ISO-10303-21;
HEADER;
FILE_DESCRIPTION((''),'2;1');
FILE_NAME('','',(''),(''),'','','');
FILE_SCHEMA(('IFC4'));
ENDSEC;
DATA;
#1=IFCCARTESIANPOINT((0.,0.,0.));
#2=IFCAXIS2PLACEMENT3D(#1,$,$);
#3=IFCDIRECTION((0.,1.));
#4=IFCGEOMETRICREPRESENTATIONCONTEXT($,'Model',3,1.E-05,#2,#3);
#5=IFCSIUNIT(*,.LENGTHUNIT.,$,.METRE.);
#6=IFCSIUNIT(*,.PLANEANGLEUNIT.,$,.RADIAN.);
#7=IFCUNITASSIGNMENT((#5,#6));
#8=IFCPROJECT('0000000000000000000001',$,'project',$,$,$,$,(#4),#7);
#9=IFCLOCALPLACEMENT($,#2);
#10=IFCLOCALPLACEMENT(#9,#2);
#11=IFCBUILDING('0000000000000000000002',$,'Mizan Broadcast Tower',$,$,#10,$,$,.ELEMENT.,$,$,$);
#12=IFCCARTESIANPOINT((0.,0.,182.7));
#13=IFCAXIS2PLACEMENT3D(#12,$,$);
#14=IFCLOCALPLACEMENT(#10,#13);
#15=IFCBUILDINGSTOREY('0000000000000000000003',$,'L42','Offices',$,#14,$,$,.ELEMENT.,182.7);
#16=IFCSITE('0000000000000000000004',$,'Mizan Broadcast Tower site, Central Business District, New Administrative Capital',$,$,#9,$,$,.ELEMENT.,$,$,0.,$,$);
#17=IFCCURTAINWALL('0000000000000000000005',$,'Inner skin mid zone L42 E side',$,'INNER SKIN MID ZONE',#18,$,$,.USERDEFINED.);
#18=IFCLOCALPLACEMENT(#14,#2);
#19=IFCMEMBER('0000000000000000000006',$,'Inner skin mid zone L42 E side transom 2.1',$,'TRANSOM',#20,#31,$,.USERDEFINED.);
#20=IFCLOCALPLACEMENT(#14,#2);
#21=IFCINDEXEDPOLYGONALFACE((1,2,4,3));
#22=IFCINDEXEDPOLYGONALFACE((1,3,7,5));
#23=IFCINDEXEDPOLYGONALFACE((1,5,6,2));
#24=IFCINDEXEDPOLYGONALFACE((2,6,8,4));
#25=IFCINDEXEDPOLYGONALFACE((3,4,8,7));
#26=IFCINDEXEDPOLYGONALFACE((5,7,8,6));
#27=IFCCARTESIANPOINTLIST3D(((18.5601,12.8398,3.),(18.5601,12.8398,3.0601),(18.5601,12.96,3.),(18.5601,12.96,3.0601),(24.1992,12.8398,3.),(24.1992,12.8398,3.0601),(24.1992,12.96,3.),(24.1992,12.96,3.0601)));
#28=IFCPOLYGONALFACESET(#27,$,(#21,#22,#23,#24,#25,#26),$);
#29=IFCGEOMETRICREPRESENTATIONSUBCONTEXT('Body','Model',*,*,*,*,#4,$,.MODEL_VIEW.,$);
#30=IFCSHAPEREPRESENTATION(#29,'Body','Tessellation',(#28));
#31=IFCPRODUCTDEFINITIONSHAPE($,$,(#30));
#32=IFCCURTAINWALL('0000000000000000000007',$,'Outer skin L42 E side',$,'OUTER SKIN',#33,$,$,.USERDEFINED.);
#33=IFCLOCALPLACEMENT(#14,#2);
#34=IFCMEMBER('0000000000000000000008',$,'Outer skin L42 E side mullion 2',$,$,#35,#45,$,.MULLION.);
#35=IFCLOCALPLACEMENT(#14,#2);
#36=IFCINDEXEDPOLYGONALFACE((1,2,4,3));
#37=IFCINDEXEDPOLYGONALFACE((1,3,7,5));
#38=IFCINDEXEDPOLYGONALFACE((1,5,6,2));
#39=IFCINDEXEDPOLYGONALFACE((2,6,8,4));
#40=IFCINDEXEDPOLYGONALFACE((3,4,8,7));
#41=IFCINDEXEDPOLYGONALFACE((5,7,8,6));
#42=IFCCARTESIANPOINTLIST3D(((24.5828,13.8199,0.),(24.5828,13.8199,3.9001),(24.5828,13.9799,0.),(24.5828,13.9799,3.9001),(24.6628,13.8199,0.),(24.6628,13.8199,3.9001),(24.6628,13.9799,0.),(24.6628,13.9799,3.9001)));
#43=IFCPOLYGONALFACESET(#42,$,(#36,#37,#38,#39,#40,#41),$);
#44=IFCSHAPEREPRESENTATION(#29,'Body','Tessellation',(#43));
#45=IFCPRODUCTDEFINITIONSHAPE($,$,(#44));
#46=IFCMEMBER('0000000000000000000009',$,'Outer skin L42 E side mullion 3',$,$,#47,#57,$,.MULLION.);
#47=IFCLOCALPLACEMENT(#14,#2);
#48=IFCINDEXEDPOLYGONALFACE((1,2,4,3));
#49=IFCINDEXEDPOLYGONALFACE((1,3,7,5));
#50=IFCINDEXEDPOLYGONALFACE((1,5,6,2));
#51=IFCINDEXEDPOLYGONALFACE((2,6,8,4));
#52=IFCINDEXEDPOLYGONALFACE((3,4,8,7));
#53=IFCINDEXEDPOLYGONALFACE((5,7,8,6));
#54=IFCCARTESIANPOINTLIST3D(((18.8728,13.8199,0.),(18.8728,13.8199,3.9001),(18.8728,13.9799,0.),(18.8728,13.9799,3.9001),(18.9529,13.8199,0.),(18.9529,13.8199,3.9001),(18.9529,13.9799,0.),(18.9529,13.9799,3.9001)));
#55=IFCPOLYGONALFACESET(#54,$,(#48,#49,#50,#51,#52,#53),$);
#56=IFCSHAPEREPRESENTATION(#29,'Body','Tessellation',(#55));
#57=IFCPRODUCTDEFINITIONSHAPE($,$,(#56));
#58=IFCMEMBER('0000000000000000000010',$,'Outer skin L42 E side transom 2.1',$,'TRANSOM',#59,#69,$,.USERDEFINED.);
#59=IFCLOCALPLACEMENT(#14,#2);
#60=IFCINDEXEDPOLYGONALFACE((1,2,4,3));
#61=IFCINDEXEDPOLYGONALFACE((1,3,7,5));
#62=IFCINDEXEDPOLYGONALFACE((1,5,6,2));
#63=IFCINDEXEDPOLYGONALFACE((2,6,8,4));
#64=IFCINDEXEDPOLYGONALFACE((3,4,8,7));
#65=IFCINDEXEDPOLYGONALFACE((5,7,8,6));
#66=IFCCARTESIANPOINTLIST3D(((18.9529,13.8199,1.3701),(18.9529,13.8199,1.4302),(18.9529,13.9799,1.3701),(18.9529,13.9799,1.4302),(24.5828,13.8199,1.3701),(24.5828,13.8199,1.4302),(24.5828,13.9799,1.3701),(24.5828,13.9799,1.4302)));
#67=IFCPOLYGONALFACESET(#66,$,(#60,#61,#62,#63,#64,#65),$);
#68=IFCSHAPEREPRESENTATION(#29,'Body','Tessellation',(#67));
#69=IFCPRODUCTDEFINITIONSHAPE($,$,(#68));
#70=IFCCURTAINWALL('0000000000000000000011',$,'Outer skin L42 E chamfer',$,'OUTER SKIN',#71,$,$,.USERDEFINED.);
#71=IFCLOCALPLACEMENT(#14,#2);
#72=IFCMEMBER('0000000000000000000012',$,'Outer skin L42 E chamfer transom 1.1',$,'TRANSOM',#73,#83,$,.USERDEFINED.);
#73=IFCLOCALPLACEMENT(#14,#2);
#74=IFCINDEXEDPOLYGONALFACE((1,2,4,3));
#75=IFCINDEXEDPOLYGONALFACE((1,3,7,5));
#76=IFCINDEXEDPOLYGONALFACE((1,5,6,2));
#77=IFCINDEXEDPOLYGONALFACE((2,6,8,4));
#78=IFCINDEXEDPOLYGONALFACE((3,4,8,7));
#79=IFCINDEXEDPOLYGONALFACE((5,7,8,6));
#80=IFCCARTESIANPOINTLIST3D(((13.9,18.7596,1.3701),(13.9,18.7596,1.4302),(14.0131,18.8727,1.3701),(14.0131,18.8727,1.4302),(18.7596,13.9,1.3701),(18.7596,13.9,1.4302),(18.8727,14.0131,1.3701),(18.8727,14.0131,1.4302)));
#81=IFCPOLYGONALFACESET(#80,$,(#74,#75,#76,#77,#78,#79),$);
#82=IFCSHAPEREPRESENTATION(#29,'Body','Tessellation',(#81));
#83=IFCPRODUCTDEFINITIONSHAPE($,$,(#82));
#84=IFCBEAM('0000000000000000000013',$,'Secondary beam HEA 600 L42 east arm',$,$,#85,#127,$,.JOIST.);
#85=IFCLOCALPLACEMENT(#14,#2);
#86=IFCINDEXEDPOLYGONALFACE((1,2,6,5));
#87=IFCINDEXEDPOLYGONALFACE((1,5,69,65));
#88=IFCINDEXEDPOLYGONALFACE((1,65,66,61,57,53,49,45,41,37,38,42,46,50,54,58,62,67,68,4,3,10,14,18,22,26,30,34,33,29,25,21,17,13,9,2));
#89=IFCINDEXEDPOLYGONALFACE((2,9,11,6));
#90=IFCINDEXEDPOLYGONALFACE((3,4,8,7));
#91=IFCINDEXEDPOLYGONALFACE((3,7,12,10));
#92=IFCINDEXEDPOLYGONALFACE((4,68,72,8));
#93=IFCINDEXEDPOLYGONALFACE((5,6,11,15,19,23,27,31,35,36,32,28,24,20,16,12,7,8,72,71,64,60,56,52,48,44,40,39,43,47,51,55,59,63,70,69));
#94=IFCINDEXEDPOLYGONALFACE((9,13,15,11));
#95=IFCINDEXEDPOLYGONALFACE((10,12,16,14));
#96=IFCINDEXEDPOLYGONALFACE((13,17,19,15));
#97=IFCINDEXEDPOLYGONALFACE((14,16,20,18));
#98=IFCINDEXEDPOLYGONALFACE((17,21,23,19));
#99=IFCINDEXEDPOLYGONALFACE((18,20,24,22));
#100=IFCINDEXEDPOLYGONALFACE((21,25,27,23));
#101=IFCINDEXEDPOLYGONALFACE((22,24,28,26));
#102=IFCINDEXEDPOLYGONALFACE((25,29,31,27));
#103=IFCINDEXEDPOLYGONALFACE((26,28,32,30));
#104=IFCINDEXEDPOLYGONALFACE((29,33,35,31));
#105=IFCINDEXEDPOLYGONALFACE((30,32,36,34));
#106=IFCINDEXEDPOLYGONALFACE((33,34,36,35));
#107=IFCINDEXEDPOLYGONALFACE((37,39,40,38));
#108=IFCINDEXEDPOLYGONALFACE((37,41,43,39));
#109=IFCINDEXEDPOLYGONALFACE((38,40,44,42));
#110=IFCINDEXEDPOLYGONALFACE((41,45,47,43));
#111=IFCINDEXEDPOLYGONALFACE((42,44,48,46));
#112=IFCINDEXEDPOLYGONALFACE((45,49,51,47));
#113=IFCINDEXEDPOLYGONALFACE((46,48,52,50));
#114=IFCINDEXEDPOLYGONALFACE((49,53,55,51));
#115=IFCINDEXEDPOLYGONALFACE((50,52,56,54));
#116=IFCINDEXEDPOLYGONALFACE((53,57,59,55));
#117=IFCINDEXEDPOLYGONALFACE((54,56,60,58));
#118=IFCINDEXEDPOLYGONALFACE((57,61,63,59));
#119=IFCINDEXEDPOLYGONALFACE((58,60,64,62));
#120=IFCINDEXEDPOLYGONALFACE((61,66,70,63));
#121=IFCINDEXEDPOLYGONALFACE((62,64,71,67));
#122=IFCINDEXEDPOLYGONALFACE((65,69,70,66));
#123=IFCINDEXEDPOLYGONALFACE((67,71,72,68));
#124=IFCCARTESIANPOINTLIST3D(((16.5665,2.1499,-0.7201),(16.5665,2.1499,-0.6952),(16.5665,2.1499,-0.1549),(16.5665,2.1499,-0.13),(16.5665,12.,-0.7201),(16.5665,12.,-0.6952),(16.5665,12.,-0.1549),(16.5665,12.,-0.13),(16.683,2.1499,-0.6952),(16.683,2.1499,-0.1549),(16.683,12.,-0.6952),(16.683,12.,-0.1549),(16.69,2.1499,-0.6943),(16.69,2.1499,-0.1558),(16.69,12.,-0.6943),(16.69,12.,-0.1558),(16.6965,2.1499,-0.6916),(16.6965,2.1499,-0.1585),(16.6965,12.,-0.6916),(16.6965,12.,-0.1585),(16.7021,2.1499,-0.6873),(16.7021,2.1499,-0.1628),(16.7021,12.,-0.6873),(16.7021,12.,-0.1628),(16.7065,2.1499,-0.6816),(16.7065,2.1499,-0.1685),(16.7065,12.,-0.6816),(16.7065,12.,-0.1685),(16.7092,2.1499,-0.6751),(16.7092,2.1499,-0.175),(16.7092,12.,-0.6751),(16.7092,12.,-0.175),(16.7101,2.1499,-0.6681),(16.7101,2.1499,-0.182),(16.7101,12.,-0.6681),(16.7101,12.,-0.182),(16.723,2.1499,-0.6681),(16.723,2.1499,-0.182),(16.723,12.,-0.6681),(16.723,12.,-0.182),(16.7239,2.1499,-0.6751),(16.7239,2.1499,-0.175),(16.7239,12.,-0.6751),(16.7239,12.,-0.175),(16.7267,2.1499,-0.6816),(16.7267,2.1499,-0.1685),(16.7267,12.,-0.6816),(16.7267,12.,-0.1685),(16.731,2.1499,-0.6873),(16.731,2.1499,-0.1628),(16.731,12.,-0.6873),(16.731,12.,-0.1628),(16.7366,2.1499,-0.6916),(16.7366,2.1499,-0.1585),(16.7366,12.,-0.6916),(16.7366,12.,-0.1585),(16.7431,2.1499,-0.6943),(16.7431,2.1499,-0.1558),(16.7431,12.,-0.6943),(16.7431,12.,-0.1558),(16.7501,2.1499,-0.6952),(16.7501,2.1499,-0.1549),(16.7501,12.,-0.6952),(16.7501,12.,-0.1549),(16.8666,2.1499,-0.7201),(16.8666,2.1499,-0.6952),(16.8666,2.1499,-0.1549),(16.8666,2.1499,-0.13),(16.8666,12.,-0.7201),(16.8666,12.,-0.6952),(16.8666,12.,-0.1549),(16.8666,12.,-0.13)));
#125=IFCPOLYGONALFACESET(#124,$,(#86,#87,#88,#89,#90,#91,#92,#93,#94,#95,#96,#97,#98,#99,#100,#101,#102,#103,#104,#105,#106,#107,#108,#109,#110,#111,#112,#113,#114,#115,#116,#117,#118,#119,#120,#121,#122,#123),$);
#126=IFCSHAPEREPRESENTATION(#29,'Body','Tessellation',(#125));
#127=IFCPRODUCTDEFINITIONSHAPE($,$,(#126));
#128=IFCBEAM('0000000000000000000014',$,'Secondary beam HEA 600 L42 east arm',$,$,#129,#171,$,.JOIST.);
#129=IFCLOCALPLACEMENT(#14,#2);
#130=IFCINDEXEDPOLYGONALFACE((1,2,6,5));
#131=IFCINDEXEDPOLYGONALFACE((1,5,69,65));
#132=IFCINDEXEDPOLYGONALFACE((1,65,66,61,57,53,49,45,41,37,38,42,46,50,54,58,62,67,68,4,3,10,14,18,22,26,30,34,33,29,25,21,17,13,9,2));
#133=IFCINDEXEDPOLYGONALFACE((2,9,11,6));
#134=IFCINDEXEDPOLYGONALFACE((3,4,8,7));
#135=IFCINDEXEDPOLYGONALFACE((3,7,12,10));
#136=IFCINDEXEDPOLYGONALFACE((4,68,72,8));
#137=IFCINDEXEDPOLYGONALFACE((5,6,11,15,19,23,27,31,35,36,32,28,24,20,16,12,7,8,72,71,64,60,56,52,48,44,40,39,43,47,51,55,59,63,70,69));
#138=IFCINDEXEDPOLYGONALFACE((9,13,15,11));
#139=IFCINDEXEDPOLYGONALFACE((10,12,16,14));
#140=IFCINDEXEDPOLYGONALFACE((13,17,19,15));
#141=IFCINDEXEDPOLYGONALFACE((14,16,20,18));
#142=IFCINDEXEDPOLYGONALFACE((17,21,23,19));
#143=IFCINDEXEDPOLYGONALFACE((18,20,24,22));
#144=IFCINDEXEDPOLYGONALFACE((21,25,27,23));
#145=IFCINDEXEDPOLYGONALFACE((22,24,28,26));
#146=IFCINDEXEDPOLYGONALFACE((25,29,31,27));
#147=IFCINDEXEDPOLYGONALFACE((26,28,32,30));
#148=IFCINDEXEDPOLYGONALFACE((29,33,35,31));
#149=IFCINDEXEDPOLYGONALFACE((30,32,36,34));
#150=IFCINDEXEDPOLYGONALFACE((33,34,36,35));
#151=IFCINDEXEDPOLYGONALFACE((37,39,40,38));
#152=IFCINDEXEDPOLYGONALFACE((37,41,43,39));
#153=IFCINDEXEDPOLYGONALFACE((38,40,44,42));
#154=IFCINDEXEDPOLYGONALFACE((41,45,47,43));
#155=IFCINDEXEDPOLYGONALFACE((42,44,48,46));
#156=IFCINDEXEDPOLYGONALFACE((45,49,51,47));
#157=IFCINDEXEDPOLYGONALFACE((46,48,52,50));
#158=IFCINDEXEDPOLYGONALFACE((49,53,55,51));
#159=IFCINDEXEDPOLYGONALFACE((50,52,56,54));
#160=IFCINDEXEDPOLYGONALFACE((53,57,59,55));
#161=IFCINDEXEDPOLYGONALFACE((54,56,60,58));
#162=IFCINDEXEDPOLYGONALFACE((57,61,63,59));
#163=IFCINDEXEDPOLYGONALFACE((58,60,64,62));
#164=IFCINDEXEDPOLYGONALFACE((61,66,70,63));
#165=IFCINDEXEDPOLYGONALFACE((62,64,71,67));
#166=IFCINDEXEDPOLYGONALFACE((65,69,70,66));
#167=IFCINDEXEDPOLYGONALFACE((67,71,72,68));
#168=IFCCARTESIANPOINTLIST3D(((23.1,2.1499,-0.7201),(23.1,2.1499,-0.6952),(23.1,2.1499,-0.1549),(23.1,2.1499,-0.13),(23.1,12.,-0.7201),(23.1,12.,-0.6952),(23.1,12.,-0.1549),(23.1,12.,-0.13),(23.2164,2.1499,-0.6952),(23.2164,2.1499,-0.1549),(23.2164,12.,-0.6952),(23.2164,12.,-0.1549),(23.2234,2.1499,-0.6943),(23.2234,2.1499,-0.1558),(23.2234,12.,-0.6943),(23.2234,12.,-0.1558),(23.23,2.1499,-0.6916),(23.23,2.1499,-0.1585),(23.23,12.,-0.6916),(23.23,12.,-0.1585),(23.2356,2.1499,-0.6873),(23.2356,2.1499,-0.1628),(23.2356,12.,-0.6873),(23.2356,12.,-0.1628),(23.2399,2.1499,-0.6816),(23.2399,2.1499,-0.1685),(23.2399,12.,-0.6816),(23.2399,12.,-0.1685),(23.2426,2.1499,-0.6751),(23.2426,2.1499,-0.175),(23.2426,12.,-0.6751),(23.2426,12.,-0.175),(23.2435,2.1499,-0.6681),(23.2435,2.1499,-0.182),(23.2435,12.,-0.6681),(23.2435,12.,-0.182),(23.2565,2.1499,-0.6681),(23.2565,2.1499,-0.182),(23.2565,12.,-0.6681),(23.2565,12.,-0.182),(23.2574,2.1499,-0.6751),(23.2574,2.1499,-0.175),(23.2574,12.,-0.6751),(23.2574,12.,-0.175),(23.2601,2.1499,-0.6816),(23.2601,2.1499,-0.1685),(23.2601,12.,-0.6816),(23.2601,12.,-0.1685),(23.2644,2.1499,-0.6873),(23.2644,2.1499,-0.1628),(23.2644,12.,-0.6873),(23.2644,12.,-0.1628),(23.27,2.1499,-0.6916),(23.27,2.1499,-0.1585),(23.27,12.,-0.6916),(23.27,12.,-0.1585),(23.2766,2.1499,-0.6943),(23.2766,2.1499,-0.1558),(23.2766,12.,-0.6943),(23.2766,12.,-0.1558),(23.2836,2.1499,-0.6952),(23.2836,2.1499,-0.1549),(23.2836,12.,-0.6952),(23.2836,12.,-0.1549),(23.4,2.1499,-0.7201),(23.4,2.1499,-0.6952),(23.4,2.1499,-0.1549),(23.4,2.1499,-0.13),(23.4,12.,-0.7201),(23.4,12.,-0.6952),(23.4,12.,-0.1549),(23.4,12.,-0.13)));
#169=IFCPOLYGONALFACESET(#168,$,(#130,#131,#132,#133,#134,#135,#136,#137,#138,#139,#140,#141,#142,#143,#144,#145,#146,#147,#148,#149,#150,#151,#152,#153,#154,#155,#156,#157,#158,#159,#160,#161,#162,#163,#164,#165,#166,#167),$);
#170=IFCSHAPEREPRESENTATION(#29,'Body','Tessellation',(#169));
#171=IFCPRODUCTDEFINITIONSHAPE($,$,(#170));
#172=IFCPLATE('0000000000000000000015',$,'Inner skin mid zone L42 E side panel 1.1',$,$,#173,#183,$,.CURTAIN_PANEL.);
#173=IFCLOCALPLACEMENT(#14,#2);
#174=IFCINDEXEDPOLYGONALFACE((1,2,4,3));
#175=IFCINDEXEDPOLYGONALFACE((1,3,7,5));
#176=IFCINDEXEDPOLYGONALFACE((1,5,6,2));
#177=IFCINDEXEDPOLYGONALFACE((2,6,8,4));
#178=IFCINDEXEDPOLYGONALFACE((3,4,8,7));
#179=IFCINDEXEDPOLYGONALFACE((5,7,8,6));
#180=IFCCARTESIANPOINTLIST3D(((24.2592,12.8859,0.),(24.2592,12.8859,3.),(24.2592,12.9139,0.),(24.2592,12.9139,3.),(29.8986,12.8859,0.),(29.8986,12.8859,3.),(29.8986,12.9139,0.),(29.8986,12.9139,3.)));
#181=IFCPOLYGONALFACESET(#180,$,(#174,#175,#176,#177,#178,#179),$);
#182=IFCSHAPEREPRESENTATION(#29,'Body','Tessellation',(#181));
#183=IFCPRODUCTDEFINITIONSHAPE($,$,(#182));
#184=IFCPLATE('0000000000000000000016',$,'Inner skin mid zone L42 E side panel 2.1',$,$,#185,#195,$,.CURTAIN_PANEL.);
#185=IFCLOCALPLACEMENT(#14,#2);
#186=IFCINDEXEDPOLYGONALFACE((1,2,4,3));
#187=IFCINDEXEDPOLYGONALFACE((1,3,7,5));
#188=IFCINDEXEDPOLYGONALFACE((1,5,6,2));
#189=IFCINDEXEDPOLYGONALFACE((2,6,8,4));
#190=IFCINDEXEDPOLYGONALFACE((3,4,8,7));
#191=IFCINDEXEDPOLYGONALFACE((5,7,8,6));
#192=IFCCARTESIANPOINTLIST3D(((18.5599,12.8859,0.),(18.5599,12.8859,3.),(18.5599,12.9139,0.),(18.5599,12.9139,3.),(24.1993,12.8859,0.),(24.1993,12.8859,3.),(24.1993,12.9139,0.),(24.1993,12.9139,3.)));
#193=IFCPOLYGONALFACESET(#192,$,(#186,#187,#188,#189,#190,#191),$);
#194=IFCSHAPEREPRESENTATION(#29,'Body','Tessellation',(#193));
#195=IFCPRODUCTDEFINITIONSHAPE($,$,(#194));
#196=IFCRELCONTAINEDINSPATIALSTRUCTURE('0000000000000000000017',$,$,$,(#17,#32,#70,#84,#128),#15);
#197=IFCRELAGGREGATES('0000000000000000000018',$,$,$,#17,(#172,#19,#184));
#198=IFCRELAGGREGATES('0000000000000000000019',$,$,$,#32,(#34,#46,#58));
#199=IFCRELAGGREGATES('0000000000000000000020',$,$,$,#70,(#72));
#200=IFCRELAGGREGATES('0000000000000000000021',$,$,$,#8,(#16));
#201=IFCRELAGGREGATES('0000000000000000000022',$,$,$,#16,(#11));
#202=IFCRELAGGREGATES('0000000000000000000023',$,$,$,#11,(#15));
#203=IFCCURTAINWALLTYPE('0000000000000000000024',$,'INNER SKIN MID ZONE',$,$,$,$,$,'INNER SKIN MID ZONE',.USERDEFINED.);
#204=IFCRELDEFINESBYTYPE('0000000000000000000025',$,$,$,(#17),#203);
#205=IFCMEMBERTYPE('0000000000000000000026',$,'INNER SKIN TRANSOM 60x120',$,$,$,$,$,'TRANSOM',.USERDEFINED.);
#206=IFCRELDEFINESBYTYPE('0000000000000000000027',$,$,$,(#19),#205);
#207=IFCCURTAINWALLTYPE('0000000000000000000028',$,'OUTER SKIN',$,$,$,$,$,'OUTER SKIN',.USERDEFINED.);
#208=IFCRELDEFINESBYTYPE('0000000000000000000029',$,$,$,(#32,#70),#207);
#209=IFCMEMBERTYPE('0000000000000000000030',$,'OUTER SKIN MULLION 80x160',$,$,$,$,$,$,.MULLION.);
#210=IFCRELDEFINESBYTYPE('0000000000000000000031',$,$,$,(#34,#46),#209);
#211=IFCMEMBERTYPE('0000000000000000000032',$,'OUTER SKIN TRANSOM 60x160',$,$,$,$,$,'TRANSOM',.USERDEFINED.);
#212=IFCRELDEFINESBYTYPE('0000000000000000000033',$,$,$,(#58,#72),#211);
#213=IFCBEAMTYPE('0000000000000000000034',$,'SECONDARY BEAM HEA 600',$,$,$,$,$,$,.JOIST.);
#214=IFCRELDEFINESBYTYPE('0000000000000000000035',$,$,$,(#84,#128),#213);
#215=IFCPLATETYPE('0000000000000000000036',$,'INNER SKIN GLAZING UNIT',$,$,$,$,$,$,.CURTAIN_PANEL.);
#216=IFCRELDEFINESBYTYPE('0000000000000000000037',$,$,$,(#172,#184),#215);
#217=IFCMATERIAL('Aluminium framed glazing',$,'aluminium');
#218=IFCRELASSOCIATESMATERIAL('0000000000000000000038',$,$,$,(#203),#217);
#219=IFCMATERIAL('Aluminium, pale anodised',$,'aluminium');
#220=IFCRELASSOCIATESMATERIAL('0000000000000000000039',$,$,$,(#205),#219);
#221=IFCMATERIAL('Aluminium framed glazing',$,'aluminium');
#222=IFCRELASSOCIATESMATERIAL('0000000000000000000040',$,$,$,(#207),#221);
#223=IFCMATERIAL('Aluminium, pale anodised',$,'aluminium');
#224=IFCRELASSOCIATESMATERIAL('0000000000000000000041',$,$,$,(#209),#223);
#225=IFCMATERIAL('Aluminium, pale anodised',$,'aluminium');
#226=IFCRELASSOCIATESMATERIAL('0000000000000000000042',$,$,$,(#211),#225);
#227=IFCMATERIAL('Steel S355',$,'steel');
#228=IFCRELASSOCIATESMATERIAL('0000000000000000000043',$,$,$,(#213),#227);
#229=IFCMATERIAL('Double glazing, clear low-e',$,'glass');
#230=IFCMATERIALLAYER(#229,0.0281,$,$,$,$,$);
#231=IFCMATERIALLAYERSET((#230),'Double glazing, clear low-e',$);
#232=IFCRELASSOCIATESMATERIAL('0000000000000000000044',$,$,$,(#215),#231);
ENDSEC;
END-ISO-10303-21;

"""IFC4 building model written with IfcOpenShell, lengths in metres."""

from ifc_helpers import new_model, si_unit, direction, frame, origin, origin_2d, place, context, subcontext, project, spatial, rectangle, i_section, extrude, material, layer, layer_set, material_profile, profile_set, type_object, element, aggregate, save


model = new_model("IFC4")

# Units and contexts
model_context = context("Model", 3, precision=1e-05, world=origin(), true_north=direction((0.0, 1.0)))
body_context = subcontext(model_context, "Body", "Model", "MODEL_VIEW")
ifc_project = project(units=[si_unit("LENGTHUNIT", "METRE"), si_unit("PLANEANGLEUNIT", "RADIAN")], contexts=[model_context])

# Site, building, storey
site_placement = place(None, origin())
site = spatial("IfcSite", under=ifc_project, at=site_placement, Name="Mizan Broadcast Tower site, Central Business District, New Administrative Capital", CompositionType="ELEMENT", RefElevation=0.0)
building_placement = place(site_placement, origin())
building = spatial("IfcBuilding", under=site, at=building_placement, Name="Mizan Broadcast Tower", CompositionType="ELEMENT")
storey_placement = place(building_placement, frame((0.0, 0.0, 182.7)))
storey = spatial("IfcBuildingStorey", under=building, at=storey_placement, Name="L42", Description="Offices", CompositionType="ELEMENT", Elevation=182.7)

# Curtain walls, members
ifc_material_1 = material(Name="Aluminium framed glazing", Category="aluminium")
curtain_wall_type_1 = type_object("IfcCurtainWallType", Name="INNER SKIN MID ZONE", ElementType="INNER SKIN MID ZONE", PredefinedType="USERDEFINED", material=ifc_material_1)
curtain_wall_1_placement = place(storey_placement, origin())
curtain_wall_1 = element("IfcCurtainWall", 1, at=curtain_wall_1_placement, inside=storey, type_object=curtain_wall_type_1, Name="Inner skin mid zone L42 E side", ObjectType="INNER SKIN MID ZONE", PredefinedType="USERDEFINED")
ifc_material_2 = material(Name="Aluminium, pale anodised", Category="aluminium")
ifc_material_profile_1 = material_profile(ifc_material_2, rectangle(XDim=0.1201, YDim=0.0601, at=origin_2d()), Name="TRANSOM 120x60")
ifc_profile_set_1 = profile_set([ifc_material_profile_1], Name="Aluminium, pale anodised")
member_type_1 = type_object("IfcMemberType", Name="INNER SKIN TRANSOM 60x120", ElementType="TRANSOM", PredefinedType="USERDEFINED", material=ifc_profile_set_1)
member_1_placement = place(storey_placement, frame((24.1992, 12.8999, 3.03), z_axis=(-1.0, 0.0, 0.0), x_axis=(0.0, -1.0, 0.0)))
member_1 = element("IfcMember", 2, at=member_1_placement, type_object=member_type_1, Name="Inner skin mid zone L42 E side transom 2.1", ObjectType="TRANSOM", PredefinedType="USERDEFINED", context=body_context, shape_type="SweptSolid", body=[
    extrude(rectangle(XDim=0.1201, YDim=0.0601, at=origin_2d()), origin(), (0.0, 0.0, 1.0), 5.6392),
])
ifc_material_3 = material(Name="Aluminium framed glazing", Category="aluminium")
curtain_wall_type_2 = type_object("IfcCurtainWallType", Name="OUTER SKIN", ElementType="OUTER SKIN", PredefinedType="USERDEFINED", material=ifc_material_3)
curtain_wall_2_placement = place(storey_placement, origin())
curtain_wall_2 = element("IfcCurtainWall", 3, at=curtain_wall_2_placement, inside=storey, type_object=curtain_wall_type_2, Name="Outer skin L42 E side", ObjectType="OUTER SKIN", PredefinedType="USERDEFINED")
ifc_material_4 = material(Name="Aluminium, pale anodised", Category="aluminium")
ifc_material_profile_2 = material_profile(ifc_material_4, rectangle(XDim=0.1599, YDim=0.0801, at=origin_2d()), Name="MULLION 160x80")
ifc_profile_set_2 = profile_set([ifc_material_profile_2], Name="Aluminium, pale anodised")
member_type_2 = type_object("IfcMemberType", Name="OUTER SKIN MULLION 80x160", PredefinedType="MULLION", material=ifc_profile_set_2)
member_2_placement = place(storey_placement, frame((24.6228, 13.8999, 0.0), z_axis=(0.0, 0.0, 1.0), x_axis=(0.0, -1.0, 0.0)))
member_2 = element("IfcMember", 4, at=member_2_placement, type_object=member_type_2, Name="Outer skin L42 E side mullion 2", PredefinedType="MULLION", context=body_context, shape_type="SweptSolid", body=[
    extrude(rectangle(XDim=0.1599, YDim=0.0801, at=origin_2d()), origin(), (0.0, 0.0, 1.0), 3.9001),
])
member_3_placement = place(storey_placement, frame((18.9128, 13.8999, 0.0), z_axis=(0.0, 0.0, 1.0), x_axis=(0.0, -1.0, 0.0)))
member_3 = element("IfcMember", 5, at=member_3_placement, type_object=member_type_2, Name="Outer skin L42 E side mullion 3", PredefinedType="MULLION", context=body_context, shape_type="SweptSolid", body=[
    extrude(rectangle(XDim=0.1599, YDim=0.0801, at=origin_2d()), origin(), (0.0, 0.0, 1.0), 3.9001),
])
ifc_material_5 = material(Name="Aluminium, pale anodised", Category="aluminium")
ifc_material_profile_3 = material_profile(ifc_material_5, rectangle(XDim=0.1599, YDim=0.0601, at=origin_2d()), Name="TRANSOM 160x60")
ifc_profile_set_3 = profile_set([ifc_material_profile_3], Name="Aluminium, pale anodised")
member_type_3 = type_object("IfcMemberType", Name="OUTER SKIN TRANSOM 60x160", ElementType="TRANSOM", PredefinedType="USERDEFINED", material=ifc_profile_set_3)
member_4_placement = place(storey_placement, frame((24.5828, 13.8999, 1.4001), z_axis=(-1.0, 0.0, 0.0), x_axis=(0.0, -1.0, 0.0)))
member_4 = element("IfcMember", 6, at=member_4_placement, type_object=member_type_3, Name="Outer skin L42 E side transom 2.1", ObjectType="TRANSOM", PredefinedType="USERDEFINED", context=body_context, shape_type="SweptSolid", body=[
    extrude(rectangle(XDim=0.1599, YDim=0.0601, at=origin_2d()), origin(), (0.0, 0.0, 1.0), 5.6299),
])

# Curtain wall, member
curtain_wall_3_placement = place(storey_placement, origin())
curtain_wall_3 = element("IfcCurtainWall", 7, at=curtain_wall_3_placement, inside=storey, type_object=curtain_wall_type_2, Name="Outer skin L42 E chamfer", ObjectType="OUTER SKIN", PredefinedType="USERDEFINED")
member_5_placement = place(storey_placement, frame((18.8162, 13.9565, 1.4001), z_axis=(-0.707107, 0.707107, 0.0), x_axis=(-0.707107, -0.707107, 0.0)))
member_5 = element("IfcMember", 8, at=member_5_placement, type_object=member_type_3, Name="Outer skin L42 E chamfer transom 1.1", ObjectType="TRANSOM", PredefinedType="USERDEFINED", context=body_context, shape_type="SweptSolid", body=[
    extrude(rectangle(XDim=0.1599, YDim=0.0601, at=origin_2d()), origin(), (0.0, 0.0, 1.0), 6.8726),
])

# Beams
ifc_material_6 = material(Name="Steel S355", Category="steel")
ifc_material_profile_4 = material_profile(ifc_material_6, i_section(OverallWidth=0.3, OverallDepth=0.5901, WebThickness=0.0129, FlangeThickness=0.0249, FilletRadius=0.0271, at=origin_2d()), Name="HEA 600")
ifc_profile_set_4 = profile_set([ifc_material_profile_4], Name="Steel S355")
beam_type_1 = type_object("IfcBeamType", Name="SECONDARY BEAM HEA 600", PredefinedType="JOIST", material=ifc_profile_set_4)
for number, where, z_axis, x_axis, name in (
    (9, (16.7166, 12.0, -0.425), (0.0, -1.0, 0.0), (1.0, 0.0, 0.0), "Secondary beam HEA 600 L42 east arm"),
    (10, (23.25, 12.0, -0.425), (0.0, -1.0, 0.0), (1.0, 0.0, 0.0), "Secondary beam HEA 600 L42 east arm"),
):
    element("IfcBeam", number, at=place(storey_placement, frame(where, z_axis=z_axis, x_axis=x_axis)), inside=storey, type_object=beam_type_1, Name=name, PredefinedType="JOIST", context=body_context, shape_type="SweptSolid", body=[
        extrude(i_section(OverallWidth=0.3, OverallDepth=0.5901, WebThickness=0.0129, FlangeThickness=0.0249, FilletRadius=0.0271, at=origin_2d()), origin(), (0.0, 0.0, 1.0), 9.8501),
    ])

# Plates
ifc_material_7 = material(Name="Double glazing, clear low-e", Category="glass")
ifc_layer_1 = layer(ifc_material_7, 0.0281)
ifc_layer_set_1 = layer_set([ifc_layer_1], Name="Double glazing, clear low-e")
plate_type_1 = type_object("IfcPlateType", Name="INNER SKIN GLAZING UNIT", PredefinedType="CURTAIN_PANEL", material=ifc_layer_set_1)
plate_1_placement = place(storey_placement, frame((27.0789, 12.8999, 0.0), z_axis=(0.0, 0.0, 1.0), x_axis=(-1.0, 0.0, 0.0)))
plate_1 = element("IfcPlate", 11, at=plate_1_placement, type_object=plate_type_1, Name="Inner skin mid zone L42 E side panel 1.1", PredefinedType="CURTAIN_PANEL", context=body_context, shape_type="SweptSolid", body=[
    extrude(rectangle(XDim=5.6394, YDim=0.0281, at=origin_2d()), origin(), (0.0, 0.0, 1.0), 3.0),
])
plate_2_placement = place(storey_placement, frame((21.3796, 12.8999, 0.0), z_axis=(0.0, 0.0, 1.0), x_axis=(-1.0, 0.0, 0.0)))
plate_2 = element("IfcPlate", 12, at=plate_2_placement, type_object=plate_type_1, Name="Inner skin mid zone L42 E side panel 2.1", PredefinedType="CURTAIN_PANEL", context=body_context, shape_type="SweptSolid", body=[
    extrude(rectangle(XDim=5.6394, YDim=0.0281, at=origin_2d()), origin(), (0.0, 0.0, 1.0), 3.0),
])
aggregate(curtain_wall_1, [plate_1, member_1, plate_2])
aggregate(curtain_wall_2, [member_2, member_3, member_4])
aggregate(curtain_wall_3, [member_5])

save(model, "model.ifc")
